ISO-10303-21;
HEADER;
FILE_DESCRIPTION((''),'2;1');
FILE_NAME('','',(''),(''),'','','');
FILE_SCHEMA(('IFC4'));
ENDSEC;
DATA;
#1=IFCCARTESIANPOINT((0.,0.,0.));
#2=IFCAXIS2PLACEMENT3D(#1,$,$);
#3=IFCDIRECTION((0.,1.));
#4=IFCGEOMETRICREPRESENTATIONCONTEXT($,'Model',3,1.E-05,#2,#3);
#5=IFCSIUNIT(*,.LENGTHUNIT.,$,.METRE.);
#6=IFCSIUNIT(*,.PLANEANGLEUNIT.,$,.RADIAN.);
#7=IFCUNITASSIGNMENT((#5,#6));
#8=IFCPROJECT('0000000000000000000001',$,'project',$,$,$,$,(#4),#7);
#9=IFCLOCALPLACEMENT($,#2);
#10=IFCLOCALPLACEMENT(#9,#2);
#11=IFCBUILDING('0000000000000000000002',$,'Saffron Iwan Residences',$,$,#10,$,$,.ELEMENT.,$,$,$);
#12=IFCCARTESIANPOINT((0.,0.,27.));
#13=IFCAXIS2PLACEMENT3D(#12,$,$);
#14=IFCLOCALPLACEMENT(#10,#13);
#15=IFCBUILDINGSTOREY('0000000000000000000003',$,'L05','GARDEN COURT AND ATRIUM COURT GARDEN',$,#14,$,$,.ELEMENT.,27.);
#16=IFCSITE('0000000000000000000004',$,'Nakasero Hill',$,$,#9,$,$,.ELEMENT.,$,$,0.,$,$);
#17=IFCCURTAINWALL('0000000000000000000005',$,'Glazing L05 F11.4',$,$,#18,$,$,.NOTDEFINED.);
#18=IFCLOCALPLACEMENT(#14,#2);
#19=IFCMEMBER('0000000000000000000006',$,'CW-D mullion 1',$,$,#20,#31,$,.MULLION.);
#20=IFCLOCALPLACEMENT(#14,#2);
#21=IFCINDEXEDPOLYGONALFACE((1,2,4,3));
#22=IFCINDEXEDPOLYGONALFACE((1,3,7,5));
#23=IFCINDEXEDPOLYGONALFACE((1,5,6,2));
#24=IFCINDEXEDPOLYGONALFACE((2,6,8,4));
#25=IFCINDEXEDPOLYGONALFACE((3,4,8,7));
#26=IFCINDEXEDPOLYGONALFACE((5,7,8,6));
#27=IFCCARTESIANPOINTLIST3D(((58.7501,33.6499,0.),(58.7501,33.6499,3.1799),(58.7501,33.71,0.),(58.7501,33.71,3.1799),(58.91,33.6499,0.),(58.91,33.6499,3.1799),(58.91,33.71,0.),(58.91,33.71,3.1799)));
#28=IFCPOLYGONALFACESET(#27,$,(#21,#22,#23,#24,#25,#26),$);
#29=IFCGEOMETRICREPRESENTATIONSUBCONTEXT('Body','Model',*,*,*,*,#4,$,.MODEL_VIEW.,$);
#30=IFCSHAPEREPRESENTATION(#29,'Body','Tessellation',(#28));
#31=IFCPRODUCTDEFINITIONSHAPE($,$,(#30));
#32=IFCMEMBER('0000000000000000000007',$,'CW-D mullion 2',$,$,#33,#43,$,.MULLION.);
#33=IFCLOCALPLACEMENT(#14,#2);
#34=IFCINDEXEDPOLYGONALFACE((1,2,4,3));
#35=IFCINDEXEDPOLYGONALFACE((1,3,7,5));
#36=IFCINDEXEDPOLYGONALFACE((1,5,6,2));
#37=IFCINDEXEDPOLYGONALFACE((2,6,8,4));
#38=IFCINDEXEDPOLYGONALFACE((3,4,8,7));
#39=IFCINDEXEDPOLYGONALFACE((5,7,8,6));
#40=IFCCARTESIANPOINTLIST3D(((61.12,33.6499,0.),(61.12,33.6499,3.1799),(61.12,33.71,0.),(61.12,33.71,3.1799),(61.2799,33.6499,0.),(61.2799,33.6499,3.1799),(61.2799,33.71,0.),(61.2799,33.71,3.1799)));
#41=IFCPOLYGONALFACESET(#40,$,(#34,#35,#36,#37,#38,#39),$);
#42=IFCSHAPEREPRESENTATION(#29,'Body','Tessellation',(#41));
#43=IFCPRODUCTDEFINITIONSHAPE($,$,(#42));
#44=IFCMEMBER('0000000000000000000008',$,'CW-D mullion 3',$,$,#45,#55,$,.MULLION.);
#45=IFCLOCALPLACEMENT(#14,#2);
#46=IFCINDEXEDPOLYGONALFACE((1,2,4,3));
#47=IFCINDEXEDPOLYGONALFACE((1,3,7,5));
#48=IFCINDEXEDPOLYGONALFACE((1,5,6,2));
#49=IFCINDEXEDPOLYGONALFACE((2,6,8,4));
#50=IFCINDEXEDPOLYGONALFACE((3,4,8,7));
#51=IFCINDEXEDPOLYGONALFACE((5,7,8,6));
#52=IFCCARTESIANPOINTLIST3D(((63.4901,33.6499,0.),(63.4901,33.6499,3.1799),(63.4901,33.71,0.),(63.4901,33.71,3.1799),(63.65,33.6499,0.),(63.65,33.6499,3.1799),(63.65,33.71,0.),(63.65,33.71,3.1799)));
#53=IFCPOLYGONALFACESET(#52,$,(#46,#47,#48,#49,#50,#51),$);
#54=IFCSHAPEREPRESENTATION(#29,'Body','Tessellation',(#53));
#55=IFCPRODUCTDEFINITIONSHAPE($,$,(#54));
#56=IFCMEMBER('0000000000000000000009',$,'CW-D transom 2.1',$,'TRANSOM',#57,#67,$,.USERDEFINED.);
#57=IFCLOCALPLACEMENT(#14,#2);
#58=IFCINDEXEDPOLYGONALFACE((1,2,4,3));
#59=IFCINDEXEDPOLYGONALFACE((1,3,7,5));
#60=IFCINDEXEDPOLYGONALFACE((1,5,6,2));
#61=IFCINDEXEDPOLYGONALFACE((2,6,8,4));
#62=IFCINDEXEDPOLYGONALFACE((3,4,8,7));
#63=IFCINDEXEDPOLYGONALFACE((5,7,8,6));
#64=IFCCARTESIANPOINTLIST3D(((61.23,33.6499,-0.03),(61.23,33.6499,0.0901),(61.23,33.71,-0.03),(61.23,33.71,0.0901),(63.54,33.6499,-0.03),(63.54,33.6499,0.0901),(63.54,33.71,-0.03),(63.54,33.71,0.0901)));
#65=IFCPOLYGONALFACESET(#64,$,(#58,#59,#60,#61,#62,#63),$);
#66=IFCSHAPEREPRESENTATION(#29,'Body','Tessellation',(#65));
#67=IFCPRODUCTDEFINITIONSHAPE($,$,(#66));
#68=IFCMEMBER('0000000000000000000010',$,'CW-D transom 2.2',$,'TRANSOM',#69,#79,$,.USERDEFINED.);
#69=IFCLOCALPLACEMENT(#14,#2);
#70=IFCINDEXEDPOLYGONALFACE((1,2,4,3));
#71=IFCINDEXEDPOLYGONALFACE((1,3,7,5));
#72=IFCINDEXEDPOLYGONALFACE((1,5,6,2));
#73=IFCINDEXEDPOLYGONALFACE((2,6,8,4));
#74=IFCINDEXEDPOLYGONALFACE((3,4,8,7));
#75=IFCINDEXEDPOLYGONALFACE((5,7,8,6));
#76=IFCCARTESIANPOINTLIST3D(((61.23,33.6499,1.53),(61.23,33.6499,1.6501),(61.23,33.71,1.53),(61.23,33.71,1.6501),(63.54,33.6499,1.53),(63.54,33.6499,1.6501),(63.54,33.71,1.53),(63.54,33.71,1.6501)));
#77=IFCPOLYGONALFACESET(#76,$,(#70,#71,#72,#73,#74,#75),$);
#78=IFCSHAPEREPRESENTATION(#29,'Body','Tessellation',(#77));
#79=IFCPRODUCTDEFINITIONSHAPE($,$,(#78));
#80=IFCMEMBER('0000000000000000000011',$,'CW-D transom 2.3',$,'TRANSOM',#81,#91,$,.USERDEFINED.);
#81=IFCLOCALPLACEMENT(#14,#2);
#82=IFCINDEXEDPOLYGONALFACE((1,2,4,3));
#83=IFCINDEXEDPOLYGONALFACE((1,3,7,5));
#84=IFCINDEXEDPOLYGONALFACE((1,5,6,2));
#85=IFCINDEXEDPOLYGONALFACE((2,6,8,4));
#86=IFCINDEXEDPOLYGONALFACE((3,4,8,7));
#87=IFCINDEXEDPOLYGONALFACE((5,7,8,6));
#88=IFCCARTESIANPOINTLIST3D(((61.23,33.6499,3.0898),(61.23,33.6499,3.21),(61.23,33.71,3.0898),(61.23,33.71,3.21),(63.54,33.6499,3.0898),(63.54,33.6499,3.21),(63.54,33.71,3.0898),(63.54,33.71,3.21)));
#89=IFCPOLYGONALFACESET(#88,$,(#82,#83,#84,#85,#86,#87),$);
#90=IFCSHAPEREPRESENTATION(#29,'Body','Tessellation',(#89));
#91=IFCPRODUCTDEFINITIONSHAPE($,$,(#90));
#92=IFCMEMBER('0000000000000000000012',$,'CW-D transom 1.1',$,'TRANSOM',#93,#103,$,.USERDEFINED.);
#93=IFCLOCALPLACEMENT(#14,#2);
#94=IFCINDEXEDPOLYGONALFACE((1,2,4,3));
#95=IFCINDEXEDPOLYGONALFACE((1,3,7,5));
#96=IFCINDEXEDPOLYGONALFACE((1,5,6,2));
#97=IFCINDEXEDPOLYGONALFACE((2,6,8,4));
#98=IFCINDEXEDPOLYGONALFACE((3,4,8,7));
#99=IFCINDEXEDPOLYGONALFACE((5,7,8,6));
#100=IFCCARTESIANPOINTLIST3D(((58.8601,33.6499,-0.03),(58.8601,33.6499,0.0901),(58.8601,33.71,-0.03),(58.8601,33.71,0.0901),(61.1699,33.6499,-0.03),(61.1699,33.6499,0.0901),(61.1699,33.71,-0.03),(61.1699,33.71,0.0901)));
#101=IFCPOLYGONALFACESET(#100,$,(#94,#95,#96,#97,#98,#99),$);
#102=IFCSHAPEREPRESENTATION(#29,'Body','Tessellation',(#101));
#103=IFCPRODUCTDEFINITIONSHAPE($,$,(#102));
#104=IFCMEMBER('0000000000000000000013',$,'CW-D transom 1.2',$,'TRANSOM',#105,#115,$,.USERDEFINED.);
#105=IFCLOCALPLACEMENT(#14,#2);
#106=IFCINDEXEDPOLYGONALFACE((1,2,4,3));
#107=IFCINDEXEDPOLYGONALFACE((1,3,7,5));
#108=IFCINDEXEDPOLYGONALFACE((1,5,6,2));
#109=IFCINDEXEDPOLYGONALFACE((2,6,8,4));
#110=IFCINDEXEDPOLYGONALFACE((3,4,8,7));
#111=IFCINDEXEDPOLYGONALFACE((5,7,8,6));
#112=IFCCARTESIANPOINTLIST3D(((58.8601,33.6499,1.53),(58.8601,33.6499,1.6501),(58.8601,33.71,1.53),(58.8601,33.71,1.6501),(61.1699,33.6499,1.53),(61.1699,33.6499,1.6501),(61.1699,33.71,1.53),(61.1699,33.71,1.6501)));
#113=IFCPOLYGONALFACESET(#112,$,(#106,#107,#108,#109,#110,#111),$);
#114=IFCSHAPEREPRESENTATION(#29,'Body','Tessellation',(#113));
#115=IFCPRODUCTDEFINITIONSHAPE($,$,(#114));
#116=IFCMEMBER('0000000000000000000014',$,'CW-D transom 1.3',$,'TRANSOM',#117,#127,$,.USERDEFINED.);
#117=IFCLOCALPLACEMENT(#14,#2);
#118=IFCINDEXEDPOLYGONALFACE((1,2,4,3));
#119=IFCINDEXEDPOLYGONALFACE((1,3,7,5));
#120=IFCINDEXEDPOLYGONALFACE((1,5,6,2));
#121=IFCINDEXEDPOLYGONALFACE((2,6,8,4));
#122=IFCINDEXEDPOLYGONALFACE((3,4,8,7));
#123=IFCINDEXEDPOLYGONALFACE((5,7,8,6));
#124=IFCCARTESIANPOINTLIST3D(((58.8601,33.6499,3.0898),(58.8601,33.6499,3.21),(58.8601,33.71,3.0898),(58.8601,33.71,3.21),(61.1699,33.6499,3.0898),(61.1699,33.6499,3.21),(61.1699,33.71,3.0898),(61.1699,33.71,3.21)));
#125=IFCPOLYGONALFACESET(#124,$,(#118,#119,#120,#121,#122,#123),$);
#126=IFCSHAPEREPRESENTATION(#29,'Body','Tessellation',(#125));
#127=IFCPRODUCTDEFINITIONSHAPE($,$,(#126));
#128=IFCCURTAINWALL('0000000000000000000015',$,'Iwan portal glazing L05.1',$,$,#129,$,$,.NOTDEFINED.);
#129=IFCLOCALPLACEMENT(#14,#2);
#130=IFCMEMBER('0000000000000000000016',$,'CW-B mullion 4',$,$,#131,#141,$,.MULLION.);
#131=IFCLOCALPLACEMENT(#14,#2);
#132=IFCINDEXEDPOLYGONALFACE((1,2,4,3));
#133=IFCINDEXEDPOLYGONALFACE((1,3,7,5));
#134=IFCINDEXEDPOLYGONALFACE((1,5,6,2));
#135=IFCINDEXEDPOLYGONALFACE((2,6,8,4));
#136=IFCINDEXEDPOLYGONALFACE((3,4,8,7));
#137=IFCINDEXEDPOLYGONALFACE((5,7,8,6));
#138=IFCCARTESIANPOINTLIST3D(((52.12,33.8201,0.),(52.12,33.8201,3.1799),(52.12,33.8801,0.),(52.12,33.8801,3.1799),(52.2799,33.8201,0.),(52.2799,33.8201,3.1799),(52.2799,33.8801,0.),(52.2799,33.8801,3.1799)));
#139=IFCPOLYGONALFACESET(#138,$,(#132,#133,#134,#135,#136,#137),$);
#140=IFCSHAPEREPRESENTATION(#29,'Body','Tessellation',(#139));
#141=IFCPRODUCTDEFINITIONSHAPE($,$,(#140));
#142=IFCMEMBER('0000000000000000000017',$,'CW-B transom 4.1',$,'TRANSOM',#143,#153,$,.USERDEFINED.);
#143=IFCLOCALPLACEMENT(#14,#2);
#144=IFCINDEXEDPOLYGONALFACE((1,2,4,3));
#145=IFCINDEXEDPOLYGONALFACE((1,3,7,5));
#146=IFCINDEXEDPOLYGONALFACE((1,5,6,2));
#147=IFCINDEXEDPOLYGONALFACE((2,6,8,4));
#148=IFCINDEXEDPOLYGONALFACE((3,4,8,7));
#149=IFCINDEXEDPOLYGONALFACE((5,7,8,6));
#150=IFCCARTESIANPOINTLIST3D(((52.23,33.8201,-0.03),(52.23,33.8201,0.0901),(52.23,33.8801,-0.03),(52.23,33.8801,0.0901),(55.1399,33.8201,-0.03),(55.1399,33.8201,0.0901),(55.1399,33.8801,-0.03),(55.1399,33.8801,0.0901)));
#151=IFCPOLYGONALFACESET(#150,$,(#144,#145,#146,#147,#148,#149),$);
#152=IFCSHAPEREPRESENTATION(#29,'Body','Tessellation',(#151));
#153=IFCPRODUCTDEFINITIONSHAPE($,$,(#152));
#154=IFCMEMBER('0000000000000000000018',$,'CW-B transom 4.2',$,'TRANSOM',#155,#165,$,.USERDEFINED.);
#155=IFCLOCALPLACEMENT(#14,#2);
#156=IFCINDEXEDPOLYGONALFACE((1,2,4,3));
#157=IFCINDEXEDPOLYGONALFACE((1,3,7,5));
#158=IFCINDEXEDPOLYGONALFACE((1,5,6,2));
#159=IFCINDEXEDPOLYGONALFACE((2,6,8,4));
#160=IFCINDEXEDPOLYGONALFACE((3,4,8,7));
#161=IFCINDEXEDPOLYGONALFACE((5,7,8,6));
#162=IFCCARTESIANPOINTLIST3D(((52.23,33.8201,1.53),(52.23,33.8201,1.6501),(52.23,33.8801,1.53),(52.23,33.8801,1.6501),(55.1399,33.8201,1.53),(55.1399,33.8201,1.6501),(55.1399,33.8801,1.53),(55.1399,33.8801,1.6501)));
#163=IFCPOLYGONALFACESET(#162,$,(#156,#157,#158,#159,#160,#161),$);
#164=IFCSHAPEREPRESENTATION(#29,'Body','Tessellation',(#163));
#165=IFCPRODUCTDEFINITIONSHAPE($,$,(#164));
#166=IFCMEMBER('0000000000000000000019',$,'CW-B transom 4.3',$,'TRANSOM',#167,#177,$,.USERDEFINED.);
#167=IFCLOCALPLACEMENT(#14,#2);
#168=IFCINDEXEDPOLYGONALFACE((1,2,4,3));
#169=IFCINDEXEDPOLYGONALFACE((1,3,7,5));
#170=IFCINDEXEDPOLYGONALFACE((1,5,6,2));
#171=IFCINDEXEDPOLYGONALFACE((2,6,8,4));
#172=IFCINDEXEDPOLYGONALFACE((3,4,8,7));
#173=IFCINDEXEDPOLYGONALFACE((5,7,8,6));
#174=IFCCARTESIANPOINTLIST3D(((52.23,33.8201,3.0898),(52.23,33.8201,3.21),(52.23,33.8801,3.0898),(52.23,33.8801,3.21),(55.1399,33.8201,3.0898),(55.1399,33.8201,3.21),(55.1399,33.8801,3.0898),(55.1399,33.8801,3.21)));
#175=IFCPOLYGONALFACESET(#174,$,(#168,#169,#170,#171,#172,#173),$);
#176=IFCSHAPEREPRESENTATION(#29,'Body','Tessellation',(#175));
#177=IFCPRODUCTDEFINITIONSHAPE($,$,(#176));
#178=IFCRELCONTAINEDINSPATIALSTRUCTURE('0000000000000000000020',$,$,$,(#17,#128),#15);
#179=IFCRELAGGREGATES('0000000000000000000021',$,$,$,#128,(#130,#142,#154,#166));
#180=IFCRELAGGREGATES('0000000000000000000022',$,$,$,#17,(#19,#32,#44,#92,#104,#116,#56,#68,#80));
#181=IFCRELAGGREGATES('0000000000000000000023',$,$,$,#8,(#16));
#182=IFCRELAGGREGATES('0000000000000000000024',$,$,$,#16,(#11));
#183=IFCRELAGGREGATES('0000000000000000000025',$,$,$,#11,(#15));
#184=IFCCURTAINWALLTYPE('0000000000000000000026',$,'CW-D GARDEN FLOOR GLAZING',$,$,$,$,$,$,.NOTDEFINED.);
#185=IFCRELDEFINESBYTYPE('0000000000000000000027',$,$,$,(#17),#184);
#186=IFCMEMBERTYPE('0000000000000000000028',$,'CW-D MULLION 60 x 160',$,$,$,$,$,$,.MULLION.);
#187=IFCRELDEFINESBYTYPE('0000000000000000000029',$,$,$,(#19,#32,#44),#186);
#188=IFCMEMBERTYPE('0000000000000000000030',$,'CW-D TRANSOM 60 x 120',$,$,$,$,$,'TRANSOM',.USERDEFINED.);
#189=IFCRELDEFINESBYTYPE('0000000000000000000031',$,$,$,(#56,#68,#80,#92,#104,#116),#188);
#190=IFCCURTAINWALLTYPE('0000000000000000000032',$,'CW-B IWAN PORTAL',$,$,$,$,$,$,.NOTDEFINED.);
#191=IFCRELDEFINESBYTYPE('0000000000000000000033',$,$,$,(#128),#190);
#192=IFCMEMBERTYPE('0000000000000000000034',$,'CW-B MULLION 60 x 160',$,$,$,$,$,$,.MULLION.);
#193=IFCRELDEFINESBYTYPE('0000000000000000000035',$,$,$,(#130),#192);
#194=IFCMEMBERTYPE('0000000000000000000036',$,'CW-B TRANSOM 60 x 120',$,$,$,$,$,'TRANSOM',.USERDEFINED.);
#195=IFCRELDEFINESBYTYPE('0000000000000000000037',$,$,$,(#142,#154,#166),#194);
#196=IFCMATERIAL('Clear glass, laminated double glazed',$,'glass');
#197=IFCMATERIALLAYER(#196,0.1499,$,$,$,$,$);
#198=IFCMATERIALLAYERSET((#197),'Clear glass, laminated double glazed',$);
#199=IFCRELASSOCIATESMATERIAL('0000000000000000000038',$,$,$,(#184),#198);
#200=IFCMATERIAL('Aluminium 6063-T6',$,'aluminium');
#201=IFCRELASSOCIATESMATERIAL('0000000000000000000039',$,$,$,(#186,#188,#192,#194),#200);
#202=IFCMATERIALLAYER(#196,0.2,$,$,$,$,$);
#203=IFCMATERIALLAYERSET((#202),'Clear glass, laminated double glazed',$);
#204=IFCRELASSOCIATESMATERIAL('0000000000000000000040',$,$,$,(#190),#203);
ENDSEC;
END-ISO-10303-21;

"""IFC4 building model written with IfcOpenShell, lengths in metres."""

from ifc_helpers import new_model, si_unit, direction, frame, origin, origin_2d, place, context, subcontext, project, spatial, rectangle, extrude, source, transform, mapped, material, layer, layer_set, material_profile, profile_set, type_object, element, aggregate, save


model = new_model("IFC4")

# Units and contexts
model_context = context("Model", 3, precision=1e-05, world=origin(), true_north=direction((0.0, 1.0)))
body_context = subcontext(model_context, "Body", "Model", "MODEL_VIEW")
ifc_project = project(units=[si_unit("LENGTHUNIT", "METRE"), si_unit("PLANEANGLEUNIT", "RADIAN")], contexts=[model_context])

# Site, building, storey
site_placement = place(None, origin())
site = spatial("IfcSite", under=ifc_project, at=site_placement, Name="Nakasero Hill", CompositionType="ELEMENT", RefElevation=0.0)
building_placement = place(site_placement, origin())
building = spatial("IfcBuilding", under=site, at=building_placement, Name="Saffron Iwan Residences", CompositionType="ELEMENT")
storey_placement = place(building_placement, frame((0.0, 0.0, 27.0)))
storey = spatial("IfcBuildingStorey", under=building, at=storey_placement, Name="L05", Description="GARDEN COURT AND ATRIUM COURT GARDEN", CompositionType="ELEMENT", Elevation=27.0)

# Curtain walls, members
ifc_material_1 = material(Name="Clear glass, laminated double glazed", Category="glass")
ifc_layer_1 = layer(ifc_material_1, 0.1499)
ifc_layer_set_1 = layer_set([ifc_layer_1], Name="Clear glass, laminated double glazed")
curtain_wall_type_1 = type_object("IfcCurtainWallType", Name="CW-D GARDEN FLOOR GLAZING", PredefinedType="NOTDEFINED", material=ifc_layer_set_1)
curtain_wall_1_placement = place(storey_placement, origin())
curtain_wall_1 = element("IfcCurtainWall", 1, at=curtain_wall_1_placement, inside=storey, type_object=curtain_wall_type_1, Name="Glazing L05 F11.4", PredefinedType="NOTDEFINED")
ifc_material_2 = material(Name="Aluminium 6063-T6", Category="aluminium")
ifc_material_profile_1 = material_profile(ifc_material_2, rectangle(XDim=0.0601, YDim=0.1599, at=origin_2d()), Name="CW-D MULLION 60 x 160")
ifc_profile_set_1 = profile_set([ifc_material_profile_1], Name="Aluminium 6063-T6")
member_type_1 = type_object("IfcMemberType", Name="CW-D MULLION 60 x 160", PredefinedType="MULLION", material=ifc_profile_set_1)
shared_shape_1 = source(origin(), body_context, "Body", "SweptSolid", [
    extrude(rectangle(XDim=0.0601, YDim=0.1599, at=origin_2d()), origin(), (0.0, 0.0, 1.0), 3.1799),
])
member_1_placement = place(storey_placement, frame((58.8301, 33.6799, 0.0), z_axis=(0.0, 0.0, 1.0), x_axis=(0.0, 1.0, 0.0)))
member_1 = element("IfcMember", 2, at=member_1_placement, type_object=member_type_1, Name="CW-D mullion 1", PredefinedType="MULLION", context=body_context, shape_type="MappedRepresentation", body=[
    mapped(shared_shape_1, transform((0.0, 0.0, 0.0))),
])
member_2_placement = place(storey_placement, frame((61.2, 33.6799, 0.0), z_axis=(0.0, 0.0, 1.0), x_axis=(0.0, 1.0, 0.0)))
member_2 = element("IfcMember", 3, at=member_2_placement, type_object=member_type_1, Name="CW-D mullion 2", PredefinedType="MULLION", context=body_context, shape_type="MappedRepresentation", body=[
    mapped(shared_shape_1, transform((0.0, 0.0, 0.0))),
])
member_3_placement = place(storey_placement, frame((63.5701, 33.6799, 0.0), z_axis=(0.0, 0.0, 1.0), x_axis=(0.0, 1.0, 0.0)))
member_3 = element("IfcMember", 4, at=member_3_placement, type_object=member_type_1, Name="CW-D mullion 3", PredefinedType="MULLION", context=body_context, shape_type="MappedRepresentation", body=[
    mapped(shared_shape_1, transform((0.0, 0.0, 0.0))),
])
ifc_material_profile_2 = material_profile(ifc_material_2, rectangle(XDim=0.0601, YDim=0.1201, at=origin_2d()), Name="CW-D TRANSOM 60 x 120")
ifc_profile_set_2 = profile_set([ifc_material_profile_2], Name="Aluminium 6063-T6")
member_type_2 = type_object("IfcMemberType", Name="CW-D TRANSOM 60 x 120", ElementType="TRANSOM", PredefinedType="USERDEFINED", material=ifc_profile_set_2)
shared_shape_2 = source(origin(), body_context, "Body", "SweptSolid", [
    extrude(rectangle(XDim=0.0601, YDim=0.1201, at=origin_2d()), origin(), (0.0, 0.0, 1.0), 2.3101),
])
member_4_placement = place(storey_placement, frame((61.23, 33.6799, 0.03), z_axis=(1.0, 0.0, 0.0), x_axis=(0.0, 1.0, 0.0)))
member_4 = element("IfcMember", 5, at=member_4_placement, type_object=member_type_2, Name="CW-D transom 2.1", ObjectType="TRANSOM", PredefinedType="USERDEFINED", context=body_context, shape_type="MappedRepresentation", body=[
    mapped(shared_shape_2, transform((0.0, 0.0, 0.0))),
])
member_5_placement = place(storey_placement, frame((61.23, 33.6799, 1.5901), z_axis=(1.0, 0.0, 0.0), x_axis=(0.0, 1.0, 0.0)))
member_5 = element("IfcMember", 6, at=member_5_placement, type_object=member_type_2, Name="CW-D transom 2.2", ObjectType="TRANSOM", PredefinedType="USERDEFINED", context=body_context, shape_type="MappedRepresentation", body=[
    mapped(shared_shape_2, transform((0.0, 0.0, 0.0))),
])
member_6_placement = place(storey_placement, frame((61.23, 33.6799, 3.1499), z_axis=(1.0, 0.0, 0.0), x_axis=(0.0, 1.0, 0.0)))
member_6 = element("IfcMember", 7, at=member_6_placement, type_object=member_type_2, Name="CW-D transom 2.3", ObjectType="TRANSOM", PredefinedType="USERDEFINED", context=body_context, shape_type="MappedRepresentation", body=[
    mapped(shared_shape_2, transform((0.0, 0.0, 0.0))),
])
shared_shape_3 = source(origin(), body_context, "Body", "SweptSolid", [
    extrude(rectangle(XDim=0.0601, YDim=0.1201, at=origin_2d()), origin(), (0.0, 0.0, 1.0), 2.3098),
])
member_7_placement = place(storey_placement, frame((58.8601, 33.6799, 0.03), z_axis=(1.0, 0.0, 0.0), x_axis=(0.0, 1.0, 0.0)))
member_7 = element("IfcMember", 8, at=member_7_placement, type_object=member_type_2, Name="CW-D transom 1.1", ObjectType="TRANSOM", PredefinedType="USERDEFINED", context=body_context, shape_type="MappedRepresentation", body=[
    mapped(shared_shape_3, transform((0.0, 0.0, 0.0))),
])
member_8_placement = place(storey_placement, frame((58.8601, 33.6799, 1.5901), z_axis=(1.0, 0.0, 0.0), x_axis=(0.0, 1.0, 0.0)))
member_8 = element("IfcMember", 9, at=member_8_placement, type_object=member_type_2, Name="CW-D transom 1.2", ObjectType="TRANSOM", PredefinedType="USERDEFINED", context=body_context, shape_type="MappedRepresentation", body=[
    mapped(shared_shape_3, transform((0.0, 0.0, 0.0))),
])
member_9_placement = place(storey_placement, frame((58.8601, 33.6799, 3.1499), z_axis=(1.0, 0.0, 0.0), x_axis=(0.0, 1.0, 0.0)))
member_9 = element("IfcMember", 10, at=member_9_placement, type_object=member_type_2, Name="CW-D transom 1.3", ObjectType="TRANSOM", PredefinedType="USERDEFINED", context=body_context, shape_type="MappedRepresentation", body=[
    mapped(shared_shape_3, transform((0.0, 0.0, 0.0))),
])
ifc_layer_2 = layer(ifc_material_1, 0.2)
ifc_layer_set_2 = layer_set([ifc_layer_2], Name="Clear glass, laminated double glazed")
curtain_wall_type_2 = type_object("IfcCurtainWallType", Name="CW-B IWAN PORTAL", PredefinedType="NOTDEFINED", material=ifc_layer_set_2)
curtain_wall_2_placement = place(storey_placement, origin())
curtain_wall_2 = element("IfcCurtainWall", 11, at=curtain_wall_2_placement, inside=storey, type_object=curtain_wall_type_2, Name="Iwan portal glazing L05.1", PredefinedType="NOTDEFINED")
ifc_material_profile_3 = material_profile(ifc_material_2, rectangle(XDim=0.0601, YDim=0.1599, at=origin_2d()), Name="CW-B MULLION 60 x 160")
ifc_profile_set_3 = profile_set([ifc_material_profile_3], Name="Aluminium 6063-T6")
member_type_3 = type_object("IfcMemberType", Name="CW-B MULLION 60 x 160", PredefinedType="MULLION", material=ifc_profile_set_3)
shared_shape_4 = source(origin(), body_context, "Body", "SweptSolid", [
    extrude(rectangle(XDim=0.0601, YDim=0.1599, at=origin_2d()), origin(), (0.0, 0.0, 1.0), 3.1799),
])
member_10_placement = place(storey_placement, frame((52.2, 33.8501, 0.0), z_axis=(0.0, 0.0, 1.0), x_axis=(0.0, 1.0, 0.0)))
member_10 = element("IfcMember", 12, at=member_10_placement, type_object=member_type_3, Name="CW-B mullion 4", PredefinedType="MULLION", context=body_context, shape_type="MappedRepresentation", body=[
    mapped(shared_shape_4, transform((0.0, 0.0, 0.0))),
])
ifc_material_profile_4 = material_profile(ifc_material_2, rectangle(XDim=0.0601, YDim=0.1201, at=origin_2d()), Name="CW-B TRANSOM 60 x 120")
ifc_profile_set_4 = profile_set([ifc_material_profile_4], Name="Aluminium 6063-T6")
member_type_4 = type_object("IfcMemberType", Name="CW-B TRANSOM 60 x 120", ElementType="TRANSOM", PredefinedType="USERDEFINED", material=ifc_profile_set_4)
shared_shape_5 = source(origin(), body_context, "Body", "SweptSolid", [
    extrude(rectangle(XDim=0.0601, YDim=0.1201, at=origin_2d()), origin(), (0.0, 0.0, 1.0), 2.9099),
])
member_11_placement = place(storey_placement, frame((52.23, 33.8501, 0.03), z_axis=(1.0, 0.0, 0.0), x_axis=(0.0, 1.0, 0.0)))
member_11 = element("IfcMember", 13, at=member_11_placement, type_object=member_type_4, Name="CW-B transom 4.1", ObjectType="TRANSOM", PredefinedType="USERDEFINED", context=body_context, shape_type="MappedRepresentation", body=[
    mapped(shared_shape_5, transform((0.0, 0.0, 0.0))),
])
member_12_placement = place(storey_placement, frame((52.23, 33.8501, 1.5901), z_axis=(1.0, 0.0, 0.0), x_axis=(0.0, 1.0, 0.0)))
member_12 = element("IfcMember", 14, at=member_12_placement, type_object=member_type_4, Name="CW-B transom 4.2", ObjectType="TRANSOM", PredefinedType="USERDEFINED", context=body_context, shape_type="MappedRepresentation", body=[
    mapped(shared_shape_5, transform((0.0, 0.0, 0.0))),
])
member_13_placement = place(storey_placement, frame((52.23, 33.8501, 3.1499), z_axis=(1.0, 0.0, 0.0), x_axis=(0.0, 1.0, 0.0)))
member_13 = element("IfcMember", 15, at=member_13_placement, type_object=member_type_4, Name="CW-B transom 4.3", ObjectType="TRANSOM", PredefinedType="USERDEFINED", context=body_context, shape_type="MappedRepresentation", body=[
    mapped(shared_shape_5, transform((0.0, 0.0, 0.0))),
])
aggregate(curtain_wall_2, [member_10, member_11, member_12, member_13])

aggregate(curtain_wall_1, [member_1, member_2, member_3, member_7, member_8, member_9, member_4, member_5, member_6])

save(model, "model.ifc")
